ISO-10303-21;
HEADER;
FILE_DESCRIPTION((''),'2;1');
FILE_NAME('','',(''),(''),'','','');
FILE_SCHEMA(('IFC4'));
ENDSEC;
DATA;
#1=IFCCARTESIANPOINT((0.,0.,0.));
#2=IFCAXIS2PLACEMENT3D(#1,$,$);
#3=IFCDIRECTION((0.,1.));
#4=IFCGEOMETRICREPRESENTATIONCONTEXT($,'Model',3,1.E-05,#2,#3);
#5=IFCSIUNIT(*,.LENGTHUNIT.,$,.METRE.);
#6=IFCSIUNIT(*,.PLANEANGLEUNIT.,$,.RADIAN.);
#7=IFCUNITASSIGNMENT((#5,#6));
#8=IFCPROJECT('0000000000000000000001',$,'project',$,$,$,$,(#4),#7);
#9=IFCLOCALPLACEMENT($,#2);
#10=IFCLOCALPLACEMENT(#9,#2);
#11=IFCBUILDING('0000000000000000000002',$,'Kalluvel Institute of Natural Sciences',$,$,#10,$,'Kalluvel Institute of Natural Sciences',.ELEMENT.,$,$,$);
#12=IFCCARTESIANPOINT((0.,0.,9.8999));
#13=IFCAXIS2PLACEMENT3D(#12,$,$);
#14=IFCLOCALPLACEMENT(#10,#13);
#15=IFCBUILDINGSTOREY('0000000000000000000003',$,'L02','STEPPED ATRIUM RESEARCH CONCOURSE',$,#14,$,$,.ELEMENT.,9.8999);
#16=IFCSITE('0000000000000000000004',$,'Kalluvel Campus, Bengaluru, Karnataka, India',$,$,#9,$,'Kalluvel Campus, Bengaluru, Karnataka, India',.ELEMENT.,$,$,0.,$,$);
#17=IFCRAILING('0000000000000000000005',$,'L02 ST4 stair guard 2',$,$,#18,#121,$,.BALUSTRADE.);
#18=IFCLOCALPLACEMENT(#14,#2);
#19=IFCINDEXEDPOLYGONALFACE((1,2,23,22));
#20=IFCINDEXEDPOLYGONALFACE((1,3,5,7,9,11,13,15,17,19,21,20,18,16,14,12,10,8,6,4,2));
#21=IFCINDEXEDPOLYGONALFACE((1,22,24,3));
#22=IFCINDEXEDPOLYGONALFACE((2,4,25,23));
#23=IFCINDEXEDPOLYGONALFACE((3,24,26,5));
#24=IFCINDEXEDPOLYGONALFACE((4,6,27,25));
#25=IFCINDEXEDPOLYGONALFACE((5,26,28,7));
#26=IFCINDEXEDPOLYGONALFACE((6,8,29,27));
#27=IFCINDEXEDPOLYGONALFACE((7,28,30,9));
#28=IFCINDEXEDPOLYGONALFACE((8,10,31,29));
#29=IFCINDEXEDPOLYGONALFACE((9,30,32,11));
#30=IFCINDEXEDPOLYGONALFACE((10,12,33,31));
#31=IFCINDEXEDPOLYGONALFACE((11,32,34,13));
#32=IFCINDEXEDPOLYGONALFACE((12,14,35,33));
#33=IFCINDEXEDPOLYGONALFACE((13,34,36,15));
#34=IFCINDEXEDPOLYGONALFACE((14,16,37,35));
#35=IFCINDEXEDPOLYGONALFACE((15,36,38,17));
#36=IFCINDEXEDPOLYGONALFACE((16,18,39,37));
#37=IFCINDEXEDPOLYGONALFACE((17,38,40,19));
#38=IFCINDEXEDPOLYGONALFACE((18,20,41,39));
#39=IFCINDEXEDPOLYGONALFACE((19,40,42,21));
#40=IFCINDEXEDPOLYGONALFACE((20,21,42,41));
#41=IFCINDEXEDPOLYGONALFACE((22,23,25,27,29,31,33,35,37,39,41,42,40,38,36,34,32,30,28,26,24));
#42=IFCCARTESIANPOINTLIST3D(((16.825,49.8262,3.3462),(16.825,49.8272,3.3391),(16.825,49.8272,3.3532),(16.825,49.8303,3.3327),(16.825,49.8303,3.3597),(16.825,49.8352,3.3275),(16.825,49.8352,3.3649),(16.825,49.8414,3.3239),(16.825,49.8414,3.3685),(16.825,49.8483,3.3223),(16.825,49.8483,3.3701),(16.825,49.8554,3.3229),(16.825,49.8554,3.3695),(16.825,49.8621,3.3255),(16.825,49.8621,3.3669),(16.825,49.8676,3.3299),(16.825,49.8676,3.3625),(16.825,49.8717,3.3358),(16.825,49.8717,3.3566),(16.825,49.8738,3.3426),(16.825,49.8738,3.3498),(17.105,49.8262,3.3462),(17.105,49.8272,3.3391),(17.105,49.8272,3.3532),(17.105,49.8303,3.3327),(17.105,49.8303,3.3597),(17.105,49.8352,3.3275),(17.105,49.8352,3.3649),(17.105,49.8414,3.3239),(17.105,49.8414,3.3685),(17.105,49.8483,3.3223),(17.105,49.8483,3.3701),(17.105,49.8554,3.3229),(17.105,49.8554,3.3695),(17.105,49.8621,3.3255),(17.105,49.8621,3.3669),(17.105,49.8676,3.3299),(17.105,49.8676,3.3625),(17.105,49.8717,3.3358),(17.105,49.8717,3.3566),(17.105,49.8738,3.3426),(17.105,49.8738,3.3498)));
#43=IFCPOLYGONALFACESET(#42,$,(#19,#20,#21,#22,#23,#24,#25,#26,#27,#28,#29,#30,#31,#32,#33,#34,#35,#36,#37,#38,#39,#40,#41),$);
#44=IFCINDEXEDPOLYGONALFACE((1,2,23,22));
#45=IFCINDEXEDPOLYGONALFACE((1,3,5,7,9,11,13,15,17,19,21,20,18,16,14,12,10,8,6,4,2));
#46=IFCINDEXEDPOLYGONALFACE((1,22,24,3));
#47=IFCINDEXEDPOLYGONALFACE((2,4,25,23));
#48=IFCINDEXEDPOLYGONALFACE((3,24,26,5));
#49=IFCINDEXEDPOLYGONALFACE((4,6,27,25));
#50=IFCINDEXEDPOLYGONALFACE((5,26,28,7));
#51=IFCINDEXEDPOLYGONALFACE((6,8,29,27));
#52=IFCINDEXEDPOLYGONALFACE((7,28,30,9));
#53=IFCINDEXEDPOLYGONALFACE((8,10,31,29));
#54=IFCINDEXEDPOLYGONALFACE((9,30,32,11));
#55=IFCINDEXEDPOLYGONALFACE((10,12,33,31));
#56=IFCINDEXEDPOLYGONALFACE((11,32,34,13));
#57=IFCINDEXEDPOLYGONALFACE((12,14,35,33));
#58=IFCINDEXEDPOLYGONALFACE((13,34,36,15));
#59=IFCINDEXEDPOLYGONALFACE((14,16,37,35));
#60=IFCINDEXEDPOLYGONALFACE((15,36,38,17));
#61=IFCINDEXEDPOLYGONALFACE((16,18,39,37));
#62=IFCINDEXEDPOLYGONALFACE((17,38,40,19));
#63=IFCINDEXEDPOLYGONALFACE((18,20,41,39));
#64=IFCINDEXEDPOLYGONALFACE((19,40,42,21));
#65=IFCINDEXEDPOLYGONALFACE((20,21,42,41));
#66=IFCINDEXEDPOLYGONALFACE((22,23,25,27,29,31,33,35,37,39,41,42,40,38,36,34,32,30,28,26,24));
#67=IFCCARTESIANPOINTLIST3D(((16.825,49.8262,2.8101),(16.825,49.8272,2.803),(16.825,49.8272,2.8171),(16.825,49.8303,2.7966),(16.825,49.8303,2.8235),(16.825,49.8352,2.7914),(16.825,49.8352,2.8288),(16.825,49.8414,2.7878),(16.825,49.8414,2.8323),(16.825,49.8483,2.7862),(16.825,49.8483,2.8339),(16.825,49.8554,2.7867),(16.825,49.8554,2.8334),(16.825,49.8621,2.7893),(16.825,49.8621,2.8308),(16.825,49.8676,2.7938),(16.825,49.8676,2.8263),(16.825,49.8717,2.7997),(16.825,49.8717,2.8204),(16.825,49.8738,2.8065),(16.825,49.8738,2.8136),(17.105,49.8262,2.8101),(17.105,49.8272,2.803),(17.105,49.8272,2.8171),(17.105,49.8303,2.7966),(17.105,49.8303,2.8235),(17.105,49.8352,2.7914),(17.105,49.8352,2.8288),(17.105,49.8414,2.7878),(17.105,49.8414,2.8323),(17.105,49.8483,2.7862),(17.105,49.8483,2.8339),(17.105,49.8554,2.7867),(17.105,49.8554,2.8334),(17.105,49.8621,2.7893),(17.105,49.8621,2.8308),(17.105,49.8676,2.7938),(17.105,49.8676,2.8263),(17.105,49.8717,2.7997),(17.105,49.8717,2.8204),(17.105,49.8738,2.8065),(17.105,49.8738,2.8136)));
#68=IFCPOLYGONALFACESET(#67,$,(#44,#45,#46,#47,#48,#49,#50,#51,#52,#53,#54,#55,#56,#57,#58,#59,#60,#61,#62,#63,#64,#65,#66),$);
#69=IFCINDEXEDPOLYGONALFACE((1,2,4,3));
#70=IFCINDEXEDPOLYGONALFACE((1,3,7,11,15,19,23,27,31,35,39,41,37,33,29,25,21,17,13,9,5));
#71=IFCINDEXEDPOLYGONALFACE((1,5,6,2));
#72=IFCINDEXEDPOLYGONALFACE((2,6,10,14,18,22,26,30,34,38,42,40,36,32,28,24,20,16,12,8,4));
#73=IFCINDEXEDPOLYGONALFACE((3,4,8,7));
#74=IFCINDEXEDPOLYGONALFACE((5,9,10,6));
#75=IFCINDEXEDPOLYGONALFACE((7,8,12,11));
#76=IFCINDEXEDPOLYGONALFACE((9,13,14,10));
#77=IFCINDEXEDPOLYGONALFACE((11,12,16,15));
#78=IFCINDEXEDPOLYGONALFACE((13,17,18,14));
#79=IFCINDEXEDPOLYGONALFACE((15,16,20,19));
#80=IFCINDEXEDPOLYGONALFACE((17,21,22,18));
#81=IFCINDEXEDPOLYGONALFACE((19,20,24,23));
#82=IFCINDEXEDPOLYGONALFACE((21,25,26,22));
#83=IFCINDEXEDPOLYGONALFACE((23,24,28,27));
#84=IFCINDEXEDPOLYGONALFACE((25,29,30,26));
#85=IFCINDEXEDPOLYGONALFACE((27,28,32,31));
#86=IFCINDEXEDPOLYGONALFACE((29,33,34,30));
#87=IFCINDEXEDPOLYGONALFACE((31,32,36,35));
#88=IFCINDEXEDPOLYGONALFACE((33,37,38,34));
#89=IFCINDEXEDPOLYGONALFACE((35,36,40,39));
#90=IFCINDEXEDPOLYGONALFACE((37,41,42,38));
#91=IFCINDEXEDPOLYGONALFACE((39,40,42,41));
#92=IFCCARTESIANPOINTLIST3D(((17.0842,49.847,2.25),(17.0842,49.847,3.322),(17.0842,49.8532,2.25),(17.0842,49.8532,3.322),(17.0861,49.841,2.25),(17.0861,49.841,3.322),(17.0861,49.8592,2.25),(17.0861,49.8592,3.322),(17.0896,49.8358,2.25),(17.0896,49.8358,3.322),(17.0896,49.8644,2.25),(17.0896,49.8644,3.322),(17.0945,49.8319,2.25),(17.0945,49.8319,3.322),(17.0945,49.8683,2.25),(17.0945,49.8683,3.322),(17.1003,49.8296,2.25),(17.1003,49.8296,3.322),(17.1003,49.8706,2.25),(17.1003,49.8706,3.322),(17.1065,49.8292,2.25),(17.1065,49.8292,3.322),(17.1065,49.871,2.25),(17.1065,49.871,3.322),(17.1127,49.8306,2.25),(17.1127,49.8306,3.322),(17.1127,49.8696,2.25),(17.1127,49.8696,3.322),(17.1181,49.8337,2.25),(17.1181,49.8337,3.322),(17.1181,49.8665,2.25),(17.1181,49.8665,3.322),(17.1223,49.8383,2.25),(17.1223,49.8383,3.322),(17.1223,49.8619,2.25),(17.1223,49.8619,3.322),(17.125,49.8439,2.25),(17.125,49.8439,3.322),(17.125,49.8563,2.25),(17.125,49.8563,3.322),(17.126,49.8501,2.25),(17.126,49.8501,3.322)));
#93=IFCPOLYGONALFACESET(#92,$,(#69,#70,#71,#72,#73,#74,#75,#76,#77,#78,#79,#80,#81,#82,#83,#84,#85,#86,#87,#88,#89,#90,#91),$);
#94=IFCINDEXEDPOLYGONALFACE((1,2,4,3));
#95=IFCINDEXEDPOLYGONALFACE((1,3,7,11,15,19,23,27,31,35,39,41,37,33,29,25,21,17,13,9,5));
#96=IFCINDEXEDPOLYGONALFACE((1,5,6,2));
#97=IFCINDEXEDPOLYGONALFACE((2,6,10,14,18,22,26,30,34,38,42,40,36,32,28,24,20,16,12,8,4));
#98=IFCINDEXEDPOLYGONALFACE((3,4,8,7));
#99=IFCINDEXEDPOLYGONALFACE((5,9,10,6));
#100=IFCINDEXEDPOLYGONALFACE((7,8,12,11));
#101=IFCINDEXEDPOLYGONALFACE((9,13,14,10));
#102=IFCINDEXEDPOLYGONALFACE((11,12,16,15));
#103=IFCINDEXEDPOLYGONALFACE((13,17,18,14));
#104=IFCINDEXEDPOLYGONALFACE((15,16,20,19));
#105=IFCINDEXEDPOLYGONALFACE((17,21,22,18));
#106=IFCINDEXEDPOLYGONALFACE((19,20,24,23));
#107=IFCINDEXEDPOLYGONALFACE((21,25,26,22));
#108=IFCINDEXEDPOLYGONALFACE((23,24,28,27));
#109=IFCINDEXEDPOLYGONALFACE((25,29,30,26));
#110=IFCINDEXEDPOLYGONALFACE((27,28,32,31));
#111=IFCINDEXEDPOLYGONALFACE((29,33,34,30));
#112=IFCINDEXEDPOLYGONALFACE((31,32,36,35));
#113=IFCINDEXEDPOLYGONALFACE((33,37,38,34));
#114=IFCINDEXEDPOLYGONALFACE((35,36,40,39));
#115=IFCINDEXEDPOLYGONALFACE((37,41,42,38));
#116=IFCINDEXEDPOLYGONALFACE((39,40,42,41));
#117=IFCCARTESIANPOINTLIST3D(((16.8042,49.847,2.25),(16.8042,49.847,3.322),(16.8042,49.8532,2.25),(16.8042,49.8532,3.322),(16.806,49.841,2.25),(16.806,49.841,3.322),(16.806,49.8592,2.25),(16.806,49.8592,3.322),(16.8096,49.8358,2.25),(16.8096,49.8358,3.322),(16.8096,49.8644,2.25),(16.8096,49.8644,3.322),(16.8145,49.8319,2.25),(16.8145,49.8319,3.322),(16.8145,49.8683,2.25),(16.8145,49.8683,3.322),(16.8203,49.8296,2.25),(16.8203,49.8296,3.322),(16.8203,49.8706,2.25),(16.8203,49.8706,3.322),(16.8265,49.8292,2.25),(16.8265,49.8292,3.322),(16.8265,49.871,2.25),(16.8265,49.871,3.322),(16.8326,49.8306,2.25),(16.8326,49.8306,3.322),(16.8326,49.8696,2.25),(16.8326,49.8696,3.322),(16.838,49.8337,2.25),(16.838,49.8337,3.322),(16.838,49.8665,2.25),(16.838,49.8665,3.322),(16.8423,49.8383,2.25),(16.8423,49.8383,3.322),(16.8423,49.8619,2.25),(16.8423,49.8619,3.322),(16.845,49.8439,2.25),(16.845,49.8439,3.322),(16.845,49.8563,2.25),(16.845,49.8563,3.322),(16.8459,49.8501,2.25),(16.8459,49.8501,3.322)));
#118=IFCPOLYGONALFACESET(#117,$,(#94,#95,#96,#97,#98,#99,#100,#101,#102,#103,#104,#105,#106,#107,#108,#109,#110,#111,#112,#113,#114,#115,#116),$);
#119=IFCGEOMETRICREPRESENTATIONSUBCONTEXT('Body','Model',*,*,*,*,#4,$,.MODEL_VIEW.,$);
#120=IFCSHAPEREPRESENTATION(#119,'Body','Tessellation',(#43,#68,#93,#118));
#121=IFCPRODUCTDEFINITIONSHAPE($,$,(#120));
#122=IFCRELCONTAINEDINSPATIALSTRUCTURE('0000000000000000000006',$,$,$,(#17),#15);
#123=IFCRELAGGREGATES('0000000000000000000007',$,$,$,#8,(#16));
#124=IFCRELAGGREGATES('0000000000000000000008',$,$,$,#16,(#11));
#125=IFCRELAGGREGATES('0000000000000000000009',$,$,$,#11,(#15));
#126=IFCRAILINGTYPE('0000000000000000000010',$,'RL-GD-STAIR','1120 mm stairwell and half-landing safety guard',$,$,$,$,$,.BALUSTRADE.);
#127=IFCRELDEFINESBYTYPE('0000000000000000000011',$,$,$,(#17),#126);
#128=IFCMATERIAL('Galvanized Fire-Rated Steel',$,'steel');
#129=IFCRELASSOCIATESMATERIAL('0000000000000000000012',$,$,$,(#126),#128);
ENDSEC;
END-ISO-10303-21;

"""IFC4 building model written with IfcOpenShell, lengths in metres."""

from ifc_helpers import new_model, si_unit, direction, frame, origin, origin_2d, place, context, subcontext, project, spatial, circle, extrude, material, type_object, element, save


model = new_model("IFC4")

# Units and contexts
model_context = context("Model", 3, precision=1e-05, world=origin(), true_north=direction((0.0, 1.0)))
body_context = subcontext(model_context, "Body", "Model", "MODEL_VIEW")
ifc_project = project(units=[si_unit("LENGTHUNIT", "METRE"), si_unit("PLANEANGLEUNIT", "RADIAN")], contexts=[model_context])

# Site, building, storey
site_placement = place(None, origin())
site = spatial("IfcSite", under=ifc_project, at=site_placement, Name="Kalluvel Campus, Bengaluru, Karnataka, India", LongName="Kalluvel Campus, Bengaluru, Karnataka, India", CompositionType="ELEMENT", RefElevation=0.0)
building_placement = place(site_placement, origin())
building = spatial("IfcBuilding", under=site, at=building_placement, Name="Kalluvel Institute of Natural Sciences", LongName="Kalluvel Institute of Natural Sciences", CompositionType="ELEMENT")
storey_placement = place(building_placement, frame((0.0, 0.0, 9.8999)))
storey = spatial("IfcBuildingStorey", under=building, at=storey_placement, Name="L02", Description="STEPPED ATRIUM RESEARCH CONCOURSE", CompositionType="ELEMENT", Elevation=9.8999)

# Shared definitions
ifc_material_1 = material(Name="Galvanized Fire-Rated Steel", Category="steel")

# Railing
railing_type_1 = type_object("IfcRailingType", Name="RL-GD-STAIR", Description="1120 mm stairwell and half-landing safety guard", PredefinedType="BALUSTRADE", material=ifc_material_1)
railing_1_placement = place(storey_placement, frame((17.105, 49.8501, 2.25)))
element("IfcRailing", 1, at=railing_1_placement, inside=storey, type_object=railing_type_1, Name="L02 ST4 stair guard 2", PredefinedType="BALUSTRADE", context=body_context, shape_type="SweptSolid", body=[
    extrude(circle(Radius=0.0239, at=origin_2d()), frame((0.0, 0.0, 1.0962), z_axis=(-1.0, 0.0, 0.0), x_axis=(0.0, -1.0, 0.0)), (0.0, 0.0, 1.0), 0.28),
    extrude(circle(Radius=0.0239, at=origin_2d()), frame((0.0, 0.0, 0.5601), z_axis=(-1.0, 0.0, 0.0), x_axis=(0.0, -1.0, 0.0)), (0.0, 0.0, 1.0), 0.28),
    extrude(circle(Radius=0.021, at=origin_2d()), origin(), (0.0, 0.0, 1.0), 1.072),
    extrude(circle(Radius=0.021, at=origin_2d()), frame((-0.28, 0.0, 0.0)), (0.0, 0.0, 1.0), 1.072),
])

save(model, "model.ifc")
